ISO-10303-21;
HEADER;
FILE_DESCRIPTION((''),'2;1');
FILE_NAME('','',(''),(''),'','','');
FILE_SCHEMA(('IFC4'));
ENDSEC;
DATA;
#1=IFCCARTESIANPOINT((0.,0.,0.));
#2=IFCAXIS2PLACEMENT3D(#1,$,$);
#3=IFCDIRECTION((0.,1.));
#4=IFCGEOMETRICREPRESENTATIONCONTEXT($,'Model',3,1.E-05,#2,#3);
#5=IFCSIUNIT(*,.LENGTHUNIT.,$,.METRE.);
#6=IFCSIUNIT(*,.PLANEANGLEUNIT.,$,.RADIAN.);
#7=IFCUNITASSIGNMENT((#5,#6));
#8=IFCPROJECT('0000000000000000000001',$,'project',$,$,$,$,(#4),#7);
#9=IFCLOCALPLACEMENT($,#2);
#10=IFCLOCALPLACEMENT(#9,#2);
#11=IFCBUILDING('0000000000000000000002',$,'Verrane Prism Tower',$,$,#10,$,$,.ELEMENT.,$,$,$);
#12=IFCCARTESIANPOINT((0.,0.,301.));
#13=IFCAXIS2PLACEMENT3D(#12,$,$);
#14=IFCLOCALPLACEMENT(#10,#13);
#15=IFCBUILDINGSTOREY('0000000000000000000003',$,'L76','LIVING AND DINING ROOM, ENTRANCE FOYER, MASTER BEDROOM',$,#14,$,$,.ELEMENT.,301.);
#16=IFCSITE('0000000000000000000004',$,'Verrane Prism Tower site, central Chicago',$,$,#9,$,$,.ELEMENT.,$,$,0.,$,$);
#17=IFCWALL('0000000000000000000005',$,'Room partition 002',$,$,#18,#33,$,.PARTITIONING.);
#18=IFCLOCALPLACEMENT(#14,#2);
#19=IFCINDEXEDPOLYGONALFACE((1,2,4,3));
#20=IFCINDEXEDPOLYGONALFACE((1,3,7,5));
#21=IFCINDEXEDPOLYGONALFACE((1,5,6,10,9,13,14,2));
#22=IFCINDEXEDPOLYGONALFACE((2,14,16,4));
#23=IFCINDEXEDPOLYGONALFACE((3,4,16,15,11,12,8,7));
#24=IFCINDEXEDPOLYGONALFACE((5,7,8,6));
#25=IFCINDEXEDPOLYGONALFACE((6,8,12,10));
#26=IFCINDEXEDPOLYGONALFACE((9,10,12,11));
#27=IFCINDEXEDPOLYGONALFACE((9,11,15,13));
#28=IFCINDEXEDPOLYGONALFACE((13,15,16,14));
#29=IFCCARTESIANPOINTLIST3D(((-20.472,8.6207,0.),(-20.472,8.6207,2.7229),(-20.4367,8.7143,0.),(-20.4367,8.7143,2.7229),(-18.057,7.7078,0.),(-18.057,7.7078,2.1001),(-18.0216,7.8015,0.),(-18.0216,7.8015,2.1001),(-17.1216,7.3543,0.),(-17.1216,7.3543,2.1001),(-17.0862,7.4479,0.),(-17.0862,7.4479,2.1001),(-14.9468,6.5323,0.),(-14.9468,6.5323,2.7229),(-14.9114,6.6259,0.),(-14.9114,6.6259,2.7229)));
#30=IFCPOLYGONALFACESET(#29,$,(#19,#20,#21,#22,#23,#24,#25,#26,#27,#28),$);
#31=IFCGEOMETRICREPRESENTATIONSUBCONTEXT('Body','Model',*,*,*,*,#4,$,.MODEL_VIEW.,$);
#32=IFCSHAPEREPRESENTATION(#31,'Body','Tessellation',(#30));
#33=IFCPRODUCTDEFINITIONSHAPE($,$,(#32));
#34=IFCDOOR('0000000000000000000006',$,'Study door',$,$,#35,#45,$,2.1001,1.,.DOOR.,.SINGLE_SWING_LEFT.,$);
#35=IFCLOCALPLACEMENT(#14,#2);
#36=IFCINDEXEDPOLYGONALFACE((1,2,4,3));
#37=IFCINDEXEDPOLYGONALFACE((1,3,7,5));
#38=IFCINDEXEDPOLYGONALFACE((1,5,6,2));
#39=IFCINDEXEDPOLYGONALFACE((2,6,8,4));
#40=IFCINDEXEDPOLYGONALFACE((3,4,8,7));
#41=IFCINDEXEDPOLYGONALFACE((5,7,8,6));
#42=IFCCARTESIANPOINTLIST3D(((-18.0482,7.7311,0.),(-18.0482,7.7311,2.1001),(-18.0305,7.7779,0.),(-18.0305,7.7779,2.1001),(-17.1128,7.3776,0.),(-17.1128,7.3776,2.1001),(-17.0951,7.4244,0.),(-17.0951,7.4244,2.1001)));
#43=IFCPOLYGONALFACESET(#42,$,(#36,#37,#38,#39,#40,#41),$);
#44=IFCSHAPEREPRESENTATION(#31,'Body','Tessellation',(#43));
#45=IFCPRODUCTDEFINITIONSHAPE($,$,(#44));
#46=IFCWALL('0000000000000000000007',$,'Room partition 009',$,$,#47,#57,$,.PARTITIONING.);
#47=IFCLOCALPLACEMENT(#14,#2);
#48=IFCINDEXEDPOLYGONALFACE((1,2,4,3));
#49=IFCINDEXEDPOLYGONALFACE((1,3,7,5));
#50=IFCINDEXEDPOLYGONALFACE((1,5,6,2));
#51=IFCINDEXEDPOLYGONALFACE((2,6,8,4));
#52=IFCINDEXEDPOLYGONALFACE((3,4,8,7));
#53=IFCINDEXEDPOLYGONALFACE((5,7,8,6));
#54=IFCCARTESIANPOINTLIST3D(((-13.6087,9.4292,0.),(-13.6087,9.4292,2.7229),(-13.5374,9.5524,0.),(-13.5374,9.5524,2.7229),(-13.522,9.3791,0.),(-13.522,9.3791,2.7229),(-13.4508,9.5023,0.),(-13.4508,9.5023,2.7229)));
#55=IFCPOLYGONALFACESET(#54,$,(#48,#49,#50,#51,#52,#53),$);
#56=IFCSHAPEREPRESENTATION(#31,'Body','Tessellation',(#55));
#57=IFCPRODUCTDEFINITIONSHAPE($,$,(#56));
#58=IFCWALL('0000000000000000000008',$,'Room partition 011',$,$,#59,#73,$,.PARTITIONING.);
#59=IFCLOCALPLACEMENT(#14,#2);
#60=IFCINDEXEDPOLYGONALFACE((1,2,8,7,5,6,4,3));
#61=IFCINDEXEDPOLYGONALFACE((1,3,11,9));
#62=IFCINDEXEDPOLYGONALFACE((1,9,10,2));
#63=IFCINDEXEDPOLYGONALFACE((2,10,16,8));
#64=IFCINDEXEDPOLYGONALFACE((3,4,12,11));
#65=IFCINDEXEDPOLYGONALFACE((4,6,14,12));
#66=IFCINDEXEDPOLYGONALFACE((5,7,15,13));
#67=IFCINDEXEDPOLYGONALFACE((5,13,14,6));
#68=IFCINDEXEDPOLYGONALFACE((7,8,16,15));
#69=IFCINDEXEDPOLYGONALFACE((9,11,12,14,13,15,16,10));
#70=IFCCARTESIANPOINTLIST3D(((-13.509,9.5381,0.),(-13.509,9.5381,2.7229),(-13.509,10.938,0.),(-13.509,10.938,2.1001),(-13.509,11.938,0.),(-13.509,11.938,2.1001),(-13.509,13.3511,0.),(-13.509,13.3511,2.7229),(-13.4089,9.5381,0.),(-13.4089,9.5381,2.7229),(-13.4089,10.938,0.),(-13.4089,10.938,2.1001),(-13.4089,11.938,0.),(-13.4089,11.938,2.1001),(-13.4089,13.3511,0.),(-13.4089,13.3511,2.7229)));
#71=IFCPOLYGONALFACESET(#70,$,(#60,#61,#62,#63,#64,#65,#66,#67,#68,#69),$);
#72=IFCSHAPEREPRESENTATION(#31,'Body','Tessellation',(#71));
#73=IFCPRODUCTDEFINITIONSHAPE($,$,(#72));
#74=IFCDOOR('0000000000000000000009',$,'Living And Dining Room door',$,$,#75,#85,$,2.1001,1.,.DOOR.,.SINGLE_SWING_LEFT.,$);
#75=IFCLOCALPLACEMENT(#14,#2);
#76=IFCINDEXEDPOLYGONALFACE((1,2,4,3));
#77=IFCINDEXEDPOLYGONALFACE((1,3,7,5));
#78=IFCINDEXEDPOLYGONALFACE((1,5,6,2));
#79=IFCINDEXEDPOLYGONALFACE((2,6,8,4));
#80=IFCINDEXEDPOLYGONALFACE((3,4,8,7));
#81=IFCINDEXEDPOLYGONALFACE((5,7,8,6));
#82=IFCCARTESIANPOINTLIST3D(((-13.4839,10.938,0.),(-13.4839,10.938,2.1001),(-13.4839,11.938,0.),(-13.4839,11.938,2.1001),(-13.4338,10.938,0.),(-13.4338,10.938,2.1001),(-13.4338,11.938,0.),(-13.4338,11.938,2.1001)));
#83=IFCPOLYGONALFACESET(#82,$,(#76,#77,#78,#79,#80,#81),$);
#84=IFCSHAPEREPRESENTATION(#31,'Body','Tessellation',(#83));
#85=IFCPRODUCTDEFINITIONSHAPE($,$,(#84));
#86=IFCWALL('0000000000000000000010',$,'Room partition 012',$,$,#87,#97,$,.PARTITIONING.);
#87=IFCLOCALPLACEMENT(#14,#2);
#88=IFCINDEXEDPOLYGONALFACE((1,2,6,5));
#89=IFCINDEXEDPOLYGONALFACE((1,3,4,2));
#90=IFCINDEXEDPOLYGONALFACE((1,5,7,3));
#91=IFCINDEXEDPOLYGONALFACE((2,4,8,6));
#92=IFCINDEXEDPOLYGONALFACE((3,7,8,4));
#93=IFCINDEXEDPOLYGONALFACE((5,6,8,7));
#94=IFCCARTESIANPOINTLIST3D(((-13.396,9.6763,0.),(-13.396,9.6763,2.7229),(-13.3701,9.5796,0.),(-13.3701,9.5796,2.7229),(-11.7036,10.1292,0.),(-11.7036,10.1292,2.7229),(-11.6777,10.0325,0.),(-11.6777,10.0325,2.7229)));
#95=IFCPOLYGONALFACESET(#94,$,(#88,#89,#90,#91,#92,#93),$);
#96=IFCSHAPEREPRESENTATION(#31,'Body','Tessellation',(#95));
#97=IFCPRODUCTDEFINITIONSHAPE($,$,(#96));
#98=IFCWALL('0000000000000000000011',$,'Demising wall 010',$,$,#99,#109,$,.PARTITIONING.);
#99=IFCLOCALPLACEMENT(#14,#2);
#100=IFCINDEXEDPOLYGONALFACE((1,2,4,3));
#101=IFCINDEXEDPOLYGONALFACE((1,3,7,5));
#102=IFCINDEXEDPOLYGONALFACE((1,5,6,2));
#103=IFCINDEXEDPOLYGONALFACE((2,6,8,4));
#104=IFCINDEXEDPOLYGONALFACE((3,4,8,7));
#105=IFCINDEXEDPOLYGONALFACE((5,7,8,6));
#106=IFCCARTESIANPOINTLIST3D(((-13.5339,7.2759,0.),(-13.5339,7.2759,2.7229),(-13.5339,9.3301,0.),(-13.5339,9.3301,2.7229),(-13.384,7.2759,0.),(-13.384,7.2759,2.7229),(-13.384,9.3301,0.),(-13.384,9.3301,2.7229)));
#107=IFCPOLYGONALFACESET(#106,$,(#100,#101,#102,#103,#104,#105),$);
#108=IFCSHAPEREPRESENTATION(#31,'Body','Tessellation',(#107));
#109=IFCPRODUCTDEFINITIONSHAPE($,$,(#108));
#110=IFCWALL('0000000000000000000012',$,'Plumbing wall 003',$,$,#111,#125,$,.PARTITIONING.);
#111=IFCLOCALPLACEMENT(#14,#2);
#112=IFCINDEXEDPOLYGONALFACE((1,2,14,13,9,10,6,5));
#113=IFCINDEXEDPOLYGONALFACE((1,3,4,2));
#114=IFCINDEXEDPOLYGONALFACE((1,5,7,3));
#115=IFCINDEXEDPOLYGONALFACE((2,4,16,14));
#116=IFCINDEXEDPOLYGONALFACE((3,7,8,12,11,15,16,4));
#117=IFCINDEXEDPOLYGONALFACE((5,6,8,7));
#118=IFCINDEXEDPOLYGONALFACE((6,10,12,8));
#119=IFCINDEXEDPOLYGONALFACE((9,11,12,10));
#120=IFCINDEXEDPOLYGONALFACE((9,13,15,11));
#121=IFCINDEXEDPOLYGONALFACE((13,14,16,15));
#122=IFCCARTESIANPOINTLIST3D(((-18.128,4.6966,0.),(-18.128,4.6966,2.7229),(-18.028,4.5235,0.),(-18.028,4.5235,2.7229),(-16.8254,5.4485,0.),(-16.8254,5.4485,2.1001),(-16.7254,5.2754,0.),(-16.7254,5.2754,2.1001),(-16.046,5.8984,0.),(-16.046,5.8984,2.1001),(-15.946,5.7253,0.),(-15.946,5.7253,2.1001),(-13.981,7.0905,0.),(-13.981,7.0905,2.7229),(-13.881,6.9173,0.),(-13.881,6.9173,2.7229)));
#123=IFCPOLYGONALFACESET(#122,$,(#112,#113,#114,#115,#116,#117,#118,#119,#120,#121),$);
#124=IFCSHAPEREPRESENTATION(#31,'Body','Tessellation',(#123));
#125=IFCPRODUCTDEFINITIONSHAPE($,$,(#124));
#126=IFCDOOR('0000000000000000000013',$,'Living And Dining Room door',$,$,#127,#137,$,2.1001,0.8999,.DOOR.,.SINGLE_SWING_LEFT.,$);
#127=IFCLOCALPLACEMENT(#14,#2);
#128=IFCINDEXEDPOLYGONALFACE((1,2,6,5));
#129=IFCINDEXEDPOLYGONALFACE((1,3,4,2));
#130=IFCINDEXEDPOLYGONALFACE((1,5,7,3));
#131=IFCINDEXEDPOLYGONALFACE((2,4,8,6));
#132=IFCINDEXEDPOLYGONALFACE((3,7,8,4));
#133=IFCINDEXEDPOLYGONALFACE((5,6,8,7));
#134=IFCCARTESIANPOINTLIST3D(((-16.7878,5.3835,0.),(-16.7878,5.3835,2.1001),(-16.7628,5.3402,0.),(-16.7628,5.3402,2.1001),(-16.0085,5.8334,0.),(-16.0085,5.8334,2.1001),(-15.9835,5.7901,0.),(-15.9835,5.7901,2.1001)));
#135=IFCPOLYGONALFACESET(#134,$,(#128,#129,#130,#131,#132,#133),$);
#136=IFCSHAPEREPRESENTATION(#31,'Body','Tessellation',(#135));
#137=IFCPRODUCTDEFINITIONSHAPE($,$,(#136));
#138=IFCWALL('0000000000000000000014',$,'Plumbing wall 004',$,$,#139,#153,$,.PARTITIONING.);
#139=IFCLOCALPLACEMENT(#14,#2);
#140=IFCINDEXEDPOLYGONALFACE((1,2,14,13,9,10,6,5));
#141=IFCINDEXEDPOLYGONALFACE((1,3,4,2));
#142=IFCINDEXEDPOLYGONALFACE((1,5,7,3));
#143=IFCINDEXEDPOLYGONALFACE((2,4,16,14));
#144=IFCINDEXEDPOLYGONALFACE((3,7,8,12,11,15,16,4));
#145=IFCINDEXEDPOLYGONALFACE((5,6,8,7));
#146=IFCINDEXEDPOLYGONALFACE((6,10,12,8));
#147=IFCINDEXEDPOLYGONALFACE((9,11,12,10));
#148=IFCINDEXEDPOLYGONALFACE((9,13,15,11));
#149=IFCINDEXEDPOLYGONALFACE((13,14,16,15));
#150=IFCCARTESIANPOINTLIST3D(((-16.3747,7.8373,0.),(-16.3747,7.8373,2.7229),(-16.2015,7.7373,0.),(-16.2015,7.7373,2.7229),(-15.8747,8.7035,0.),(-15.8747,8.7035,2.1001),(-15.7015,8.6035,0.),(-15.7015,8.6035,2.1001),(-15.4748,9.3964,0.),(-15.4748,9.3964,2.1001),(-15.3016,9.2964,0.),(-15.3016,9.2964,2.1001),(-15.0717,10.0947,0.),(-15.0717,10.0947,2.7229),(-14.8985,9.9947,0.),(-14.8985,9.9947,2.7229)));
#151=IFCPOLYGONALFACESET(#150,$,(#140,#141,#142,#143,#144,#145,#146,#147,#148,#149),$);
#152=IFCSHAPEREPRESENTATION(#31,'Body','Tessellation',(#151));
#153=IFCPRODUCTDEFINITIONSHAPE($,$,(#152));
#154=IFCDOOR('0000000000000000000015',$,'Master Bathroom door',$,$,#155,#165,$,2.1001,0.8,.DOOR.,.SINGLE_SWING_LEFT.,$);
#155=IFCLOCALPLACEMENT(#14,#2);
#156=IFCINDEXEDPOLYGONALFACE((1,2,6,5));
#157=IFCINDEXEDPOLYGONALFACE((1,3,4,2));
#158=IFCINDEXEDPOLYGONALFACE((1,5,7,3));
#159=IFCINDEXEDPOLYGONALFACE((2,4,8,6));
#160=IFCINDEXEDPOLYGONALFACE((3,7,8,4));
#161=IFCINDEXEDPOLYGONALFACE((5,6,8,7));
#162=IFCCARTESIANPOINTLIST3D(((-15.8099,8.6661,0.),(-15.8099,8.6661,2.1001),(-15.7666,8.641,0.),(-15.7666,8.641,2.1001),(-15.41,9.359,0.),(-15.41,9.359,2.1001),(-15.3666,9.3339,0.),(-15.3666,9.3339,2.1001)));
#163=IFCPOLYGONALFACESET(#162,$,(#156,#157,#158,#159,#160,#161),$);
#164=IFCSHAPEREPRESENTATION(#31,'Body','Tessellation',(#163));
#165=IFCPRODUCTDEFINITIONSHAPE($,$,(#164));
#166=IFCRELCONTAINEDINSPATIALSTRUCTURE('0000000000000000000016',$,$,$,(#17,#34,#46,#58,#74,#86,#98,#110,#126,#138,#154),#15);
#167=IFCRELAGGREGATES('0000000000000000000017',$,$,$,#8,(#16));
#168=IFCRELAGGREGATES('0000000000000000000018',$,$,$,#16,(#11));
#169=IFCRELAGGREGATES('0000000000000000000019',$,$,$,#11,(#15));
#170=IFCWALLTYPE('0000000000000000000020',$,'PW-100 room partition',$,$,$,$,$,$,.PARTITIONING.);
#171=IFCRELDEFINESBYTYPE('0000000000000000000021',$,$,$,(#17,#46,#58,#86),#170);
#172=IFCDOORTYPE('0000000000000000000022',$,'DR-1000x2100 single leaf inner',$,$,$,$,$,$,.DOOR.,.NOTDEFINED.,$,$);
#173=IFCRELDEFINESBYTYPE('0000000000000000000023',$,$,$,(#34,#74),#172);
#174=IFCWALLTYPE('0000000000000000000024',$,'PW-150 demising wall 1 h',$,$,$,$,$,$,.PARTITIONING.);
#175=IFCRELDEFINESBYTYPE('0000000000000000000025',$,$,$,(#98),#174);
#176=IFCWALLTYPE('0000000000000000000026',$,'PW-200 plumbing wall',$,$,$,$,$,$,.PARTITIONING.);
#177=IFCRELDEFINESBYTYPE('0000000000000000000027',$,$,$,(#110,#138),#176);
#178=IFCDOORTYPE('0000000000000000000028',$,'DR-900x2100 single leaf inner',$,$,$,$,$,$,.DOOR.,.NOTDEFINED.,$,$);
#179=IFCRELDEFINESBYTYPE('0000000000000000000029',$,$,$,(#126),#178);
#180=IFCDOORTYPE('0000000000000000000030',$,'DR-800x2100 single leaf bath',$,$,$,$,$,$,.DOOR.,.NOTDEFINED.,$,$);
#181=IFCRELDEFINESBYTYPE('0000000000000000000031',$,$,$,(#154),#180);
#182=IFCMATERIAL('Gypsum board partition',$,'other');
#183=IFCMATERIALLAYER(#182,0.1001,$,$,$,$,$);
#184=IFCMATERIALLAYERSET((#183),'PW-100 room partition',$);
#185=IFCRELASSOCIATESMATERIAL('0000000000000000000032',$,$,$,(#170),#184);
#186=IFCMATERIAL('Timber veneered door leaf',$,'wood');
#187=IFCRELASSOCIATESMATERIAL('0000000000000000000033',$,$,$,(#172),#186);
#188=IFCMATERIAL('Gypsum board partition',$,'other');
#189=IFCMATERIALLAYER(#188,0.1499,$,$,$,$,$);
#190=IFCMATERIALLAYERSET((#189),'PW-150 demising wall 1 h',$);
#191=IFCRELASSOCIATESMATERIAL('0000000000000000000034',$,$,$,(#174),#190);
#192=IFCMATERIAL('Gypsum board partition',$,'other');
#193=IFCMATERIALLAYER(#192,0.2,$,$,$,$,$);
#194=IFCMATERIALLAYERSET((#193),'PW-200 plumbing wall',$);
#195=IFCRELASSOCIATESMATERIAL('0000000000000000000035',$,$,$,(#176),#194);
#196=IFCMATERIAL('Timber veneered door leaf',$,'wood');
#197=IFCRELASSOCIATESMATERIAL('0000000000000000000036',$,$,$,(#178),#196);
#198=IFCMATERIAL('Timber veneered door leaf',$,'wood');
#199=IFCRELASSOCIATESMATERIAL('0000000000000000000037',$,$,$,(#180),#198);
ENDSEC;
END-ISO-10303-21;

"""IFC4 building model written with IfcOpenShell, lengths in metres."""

from ifc_helpers import new_model, si_unit, direction, frame, frame_2d, origin, place, context, subcontext, project, spatial, rectangle, extrude, material, layer, layer_set, type_object, element, fill, save


model = new_model("IFC4")

# Units and contexts
model_context = context("Model", 3, precision=1e-05, world=origin(), true_north=direction((0.0, 1.0)))
body_context = subcontext(model_context, "Body", "Model", "MODEL_VIEW")
ifc_project = project(units=[si_unit("LENGTHUNIT", "METRE"), si_unit("PLANEANGLEUNIT", "RADIAN")], contexts=[model_context])

# Site, building, storey
site_placement = place(None, origin())
site = spatial("IfcSite", under=ifc_project, at=site_placement, Name="Verrane Prism Tower site, central Chicago", CompositionType="ELEMENT", RefElevation=0.0)
building_placement = place(site_placement, origin())
building = spatial("IfcBuilding", under=site, at=building_placement, Name="Verrane Prism Tower", CompositionType="ELEMENT")
storey_placement = place(building_placement, frame((0.0, 0.0, 301.0)))
storey = spatial("IfcBuildingStorey", under=building, at=storey_placement, Name="L76", Description="LIVING AND DINING ROOM, ENTRANCE FOYER, MASTER BEDROOM", CompositionType="ELEMENT", Elevation=301.0)

# Wall, opening, door
ifc_material_1 = material(Name="Gypsum board partition", Category="other")
ifc_layer_1 = layer(ifc_material_1, 0.1001)
ifc_layer_set_1 = layer_set([ifc_layer_1], Name="PW-100 room partition")
wall_type_1 = type_object("IfcWallType", Name="PW-100 room partition", PredefinedType="PARTITIONING", material=ifc_layer_set_1)
wall_1_placement = place(storey_placement, frame((-20.4543, 8.6675, 0.0), z_axis=(0.0, 0.0, 1.0), x_axis=(0.93541, -0.353564, 0.0)))
wall_1 = element("IfcWall", 1, at=wall_1_placement, inside=storey, type_object=wall_type_1, Name="Room partition 002", PredefinedType="PARTITIONING", context=body_context, shape_type="SweptSolid", body=[
    extrude(rectangle(XDim=5.9067, YDim=0.1001, at=frame_2d((2.9534, 0.0))), origin(), (0.0, 0.0, 1.0), 2.7229),
])
opening_1_placement = place(wall_1_placement, frame((2.5818, 0.0, 0.0)))
opening_1 = element("IfcOpeningElement", 2, at=opening_1_placement, cuts=wall_1, PredefinedType="OPENING", context=body_context, shape_type="SweptSolid", body=[
    extrude(rectangle(XDim=1.0, YDim=2.1001, at=frame_2d((0.5, 1.05))), frame((0.0, 0.0601, 0.0), z_axis=(0.0, -1.0, 0.0), x_axis=(1.0, 0.0, 0.0)), (0.0, 0.0, 1.0), 0.1201),
])
ifc_material_2 = material(Name="Timber veneered door leaf", Category="wood")
door_type_1 = type_object("IfcDoorType", Name="DR-1000x2100 single leaf inner", OperationType="NOTDEFINED", PredefinedType="DOOR", material=ifc_material_2)
door_1_placement = place(opening_1_placement, origin())
door_1 = element("IfcDoor", 3, at=door_1_placement, inside=storey, type_object=door_type_1, Name="Study door", OperationType="SINGLE_SWING_LEFT", OverallHeight=2.1001, OverallWidth=1.0, PredefinedType="DOOR", context=body_context, shape_type="SweptSolid", body=[
    extrude(rectangle(XDim=1.0, YDim=2.1001, at=frame_2d((0.5, 1.05))), frame((0.0, 0.0249, 0.0), z_axis=(0.0, -1.0, 0.0), x_axis=(1.0, 0.0, 0.0)), (0.0, 0.0, 1.0), 0.05),
])
fill(opening_1, door_1)

# Wall
wall_2_placement = place(storey_placement, frame((-13.5654, 9.4041, 0.0), z_axis=(0.0, 0.0, 1.0), x_axis=(0.500563, 0.8657, 0.0)))
element("IfcWall", 4, at=wall_2_placement, inside=storey, type_object=wall_type_1, Name="Room partition 009", PredefinedType="PARTITIONING", context=body_context, shape_type="SweptSolid", body=[
    extrude(rectangle(XDim=0.1423, YDim=0.1001, at=frame_2d((0.0713, 0.0))), origin(), (0.0, 0.0, 1.0), 2.7229),
])

# Wall, opening, door
wall_3_placement = place(storey_placement, frame((-13.459, 9.5381, 0.0), z_axis=(0.0, 0.0, 1.0), x_axis=(0.0, 1.0, 0.0)))
wall_3 = element("IfcWall", 5, at=wall_3_placement, inside=storey, type_object=wall_type_1, Name="Room partition 011", PredefinedType="PARTITIONING", context=body_context, shape_type="SweptSolid", body=[
    extrude(rectangle(XDim=3.813, YDim=0.1001, at=frame_2d((1.9065, 0.0))), origin(), (0.0, 0.0, 1.0), 2.7229),
])
opening_2_placement = place(wall_3_placement, frame((1.3999, 0.0, 0.0)))
opening_2 = element("IfcOpeningElement", 6, at=opening_2_placement, cuts=wall_3, PredefinedType="OPENING", context=body_context, shape_type="SweptSolid", body=[
    extrude(rectangle(XDim=1.0, YDim=2.1001, at=frame_2d((0.5, 1.05))), frame((0.0, 0.0601, 0.0), z_axis=(0.0, -1.0, 0.0), x_axis=(1.0, 0.0, 0.0)), (0.0, 0.0, 1.0), 0.1201),
])
door_2_placement = place(opening_2_placement, origin())
door_2 = element("IfcDoor", 7, at=door_2_placement, inside=storey, type_object=door_type_1, Name="Living And Dining Room door", OperationType="SINGLE_SWING_LEFT", OverallHeight=2.1001, OverallWidth=1.0, PredefinedType="DOOR", context=body_context, shape_type="SweptSolid", body=[
    extrude(rectangle(XDim=1.0, YDim=2.1001, at=frame_2d((0.5, 1.05))), frame((0.0, 0.0249, 0.0), z_axis=(0.0, -1.0, 0.0), x_axis=(1.0, 0.0, 0.0)), (0.0, 0.0, 1.0), 0.05),
])
fill(opening_2, door_2)

# Walls
wall_4_placement = place(storey_placement, frame((-13.3831, 9.6279, 0.0), z_axis=(0.0, 0.0, 1.0), x_axis=(0.96601, 0.258504, 0.0)))
element("IfcWall", 8, at=wall_4_placement, inside=storey, type_object=wall_type_1, Name="Room partition 012", PredefinedType="PARTITIONING", context=body_context, shape_type="SweptSolid", body=[
    extrude(rectangle(XDim=1.752, YDim=0.1001, at=frame_2d((0.876, 0.0))), origin(), (0.0, 0.0, 1.0), 2.7229),
])
ifc_material_3 = material(Name="Gypsum board partition", Category="other")
ifc_layer_2 = layer(ifc_material_3, 0.1499)
ifc_layer_set_2 = layer_set([ifc_layer_2], Name="PW-150 demising wall 1 h")
wall_type_2 = type_object("IfcWallType", Name="PW-150 demising wall 1 h", PredefinedType="PARTITIONING", material=ifc_layer_set_2)
wall_5_placement = place(storey_placement, frame((-13.459, 7.2759, 0.0), z_axis=(0.0, 0.0, 1.0), x_axis=(0.0, 1.0, 0.0)))
element("IfcWall", 9, at=wall_5_placement, inside=storey, type_object=wall_type_2, Name="Demising wall 010", PredefinedType="PARTITIONING", context=body_context, shape_type="SweptSolid", body=[
    extrude(rectangle(XDim=2.0542, YDim=0.1499, at=frame_2d((1.0271, 0.0))), origin(), (0.0, 0.0, 1.0), 2.7229),
])

# Walls, openings, doors
ifc_material_4 = material(Name="Gypsum board partition", Category="other")
ifc_layer_3 = layer(ifc_material_4, 0.2)
ifc_layer_set_3 = layer_set([ifc_layer_3], Name="PW-200 plumbing wall")
wall_type_3 = type_object("IfcWallType", Name="PW-200 plumbing wall", PredefinedType="PARTITIONING", material=ifc_layer_set_3)
wall_6_placement = place(storey_placement, frame((-18.0779, 4.6101, 0.0), z_axis=(0.0, 0.0, 1.0), x_axis=(0.866067, 0.499928, 0.0)))
wall_6 = element("IfcWall", 10, at=wall_6_placement, inside=storey, type_object=wall_type_3, Name="Plumbing wall 003", PredefinedType="PARTITIONING", context=body_context, shape_type="SweptSolid", body=[
    extrude(rectangle(XDim=4.7883, YDim=0.2, at=frame_2d((2.394, 0.0))), origin(), (0.0, 0.0, 1.0), 2.7229),
])
opening_3_placement = place(wall_6_placement, frame((1.5039, 0.0, 0.0)))
opening_3 = element("IfcOpeningElement", 11, at=opening_3_placement, cuts=wall_6, PredefinedType="OPENING", context=body_context, shape_type="SweptSolid", body=[
    extrude(rectangle(XDim=0.8999, YDim=2.1001, at=frame_2d((0.45, 1.05))), frame((0.0, 0.1099, 0.0), z_axis=(0.0, -1.0, 0.0), x_axis=(1.0, 0.0, 0.0)), (0.0, 0.0, 1.0), 0.22),
])
ifc_material_5 = material(Name="Timber veneered door leaf", Category="wood")
door_type_2 = type_object("IfcDoorType", Name="DR-900x2100 single leaf inner", OperationType="NOTDEFINED", PredefinedType="DOOR", material=ifc_material_5)
door_3_placement = place(opening_3_placement, origin())
door_3 = element("IfcDoor", 12, at=door_3_placement, inside=storey, type_object=door_type_2, Name="Living And Dining Room door", OperationType="SINGLE_SWING_LEFT", OverallHeight=2.1001, OverallWidth=0.8999, PredefinedType="DOOR", context=body_context, shape_type="SweptSolid", body=[
    extrude(rectangle(XDim=0.8999, YDim=2.1001, at=frame_2d((0.45, 1.05))), frame((0.0, 0.0249, 0.0), z_axis=(0.0, -1.0, 0.0), x_axis=(1.0, 0.0, 0.0)), (0.0, 0.0, 1.0), 0.05),
])
fill(opening_3, door_3)
wall_7_placement = place(storey_placement, frame((-14.9851, 10.0447, 0.0), z_axis=(0.0, 0.0, 1.0), x_axis=(-0.499917, -0.866073, 0.0)))
wall_7 = element("IfcWall", 13, at=wall_7_placement, inside=storey, type_object=wall_type_3, Name="Plumbing wall 004", PredefinedType="PARTITIONING", context=body_context, shape_type="SweptSolid", body=[
    extrude(rectangle(XDim=2.6064, YDim=0.2, at=frame_2d((1.3032, 0.0))), origin(), (0.0, 0.0, 1.0), 2.7229),
])
opening_4_placement = place(wall_7_placement, frame((0.8064, 0.0, 0.0)))
opening_4 = element("IfcOpeningElement", 14, at=opening_4_placement, cuts=wall_7, PredefinedType="OPENING", context=body_context, shape_type="SweptSolid", body=[
    extrude(rectangle(XDim=0.8, YDim=2.1001, at=frame_2d((0.3999, 1.05))), frame((0.0, 0.1099, 0.0), z_axis=(0.0, -1.0, 0.0), x_axis=(1.0, 0.0, 0.0)), (0.0, 0.0, 1.0), 0.22),
])
ifc_material_6 = material(Name="Timber veneered door leaf", Category="wood")
door_type_3 = type_object("IfcDoorType", Name="DR-800x2100 single leaf bath", OperationType="NOTDEFINED", PredefinedType="DOOR", material=ifc_material_6)
door_4_placement = place(opening_4_placement, origin())
door_4 = element("IfcDoor", 15, at=door_4_placement, inside=storey, type_object=door_type_3, Name="Master Bathroom door", OperationType="SINGLE_SWING_LEFT", OverallHeight=2.1001, OverallWidth=0.8, PredefinedType="DOOR", context=body_context, shape_type="SweptSolid", body=[
    extrude(rectangle(XDim=0.8, YDim=2.1001, at=frame_2d((0.3999, 1.05))), frame((0.0, 0.0249, 0.0), z_axis=(0.0, -1.0, 0.0), x_axis=(1.0, 0.0, 0.0)), (0.0, 0.0, 1.0), 0.05),
])
fill(opening_4, door_4)

save(model, "model.ifc")
